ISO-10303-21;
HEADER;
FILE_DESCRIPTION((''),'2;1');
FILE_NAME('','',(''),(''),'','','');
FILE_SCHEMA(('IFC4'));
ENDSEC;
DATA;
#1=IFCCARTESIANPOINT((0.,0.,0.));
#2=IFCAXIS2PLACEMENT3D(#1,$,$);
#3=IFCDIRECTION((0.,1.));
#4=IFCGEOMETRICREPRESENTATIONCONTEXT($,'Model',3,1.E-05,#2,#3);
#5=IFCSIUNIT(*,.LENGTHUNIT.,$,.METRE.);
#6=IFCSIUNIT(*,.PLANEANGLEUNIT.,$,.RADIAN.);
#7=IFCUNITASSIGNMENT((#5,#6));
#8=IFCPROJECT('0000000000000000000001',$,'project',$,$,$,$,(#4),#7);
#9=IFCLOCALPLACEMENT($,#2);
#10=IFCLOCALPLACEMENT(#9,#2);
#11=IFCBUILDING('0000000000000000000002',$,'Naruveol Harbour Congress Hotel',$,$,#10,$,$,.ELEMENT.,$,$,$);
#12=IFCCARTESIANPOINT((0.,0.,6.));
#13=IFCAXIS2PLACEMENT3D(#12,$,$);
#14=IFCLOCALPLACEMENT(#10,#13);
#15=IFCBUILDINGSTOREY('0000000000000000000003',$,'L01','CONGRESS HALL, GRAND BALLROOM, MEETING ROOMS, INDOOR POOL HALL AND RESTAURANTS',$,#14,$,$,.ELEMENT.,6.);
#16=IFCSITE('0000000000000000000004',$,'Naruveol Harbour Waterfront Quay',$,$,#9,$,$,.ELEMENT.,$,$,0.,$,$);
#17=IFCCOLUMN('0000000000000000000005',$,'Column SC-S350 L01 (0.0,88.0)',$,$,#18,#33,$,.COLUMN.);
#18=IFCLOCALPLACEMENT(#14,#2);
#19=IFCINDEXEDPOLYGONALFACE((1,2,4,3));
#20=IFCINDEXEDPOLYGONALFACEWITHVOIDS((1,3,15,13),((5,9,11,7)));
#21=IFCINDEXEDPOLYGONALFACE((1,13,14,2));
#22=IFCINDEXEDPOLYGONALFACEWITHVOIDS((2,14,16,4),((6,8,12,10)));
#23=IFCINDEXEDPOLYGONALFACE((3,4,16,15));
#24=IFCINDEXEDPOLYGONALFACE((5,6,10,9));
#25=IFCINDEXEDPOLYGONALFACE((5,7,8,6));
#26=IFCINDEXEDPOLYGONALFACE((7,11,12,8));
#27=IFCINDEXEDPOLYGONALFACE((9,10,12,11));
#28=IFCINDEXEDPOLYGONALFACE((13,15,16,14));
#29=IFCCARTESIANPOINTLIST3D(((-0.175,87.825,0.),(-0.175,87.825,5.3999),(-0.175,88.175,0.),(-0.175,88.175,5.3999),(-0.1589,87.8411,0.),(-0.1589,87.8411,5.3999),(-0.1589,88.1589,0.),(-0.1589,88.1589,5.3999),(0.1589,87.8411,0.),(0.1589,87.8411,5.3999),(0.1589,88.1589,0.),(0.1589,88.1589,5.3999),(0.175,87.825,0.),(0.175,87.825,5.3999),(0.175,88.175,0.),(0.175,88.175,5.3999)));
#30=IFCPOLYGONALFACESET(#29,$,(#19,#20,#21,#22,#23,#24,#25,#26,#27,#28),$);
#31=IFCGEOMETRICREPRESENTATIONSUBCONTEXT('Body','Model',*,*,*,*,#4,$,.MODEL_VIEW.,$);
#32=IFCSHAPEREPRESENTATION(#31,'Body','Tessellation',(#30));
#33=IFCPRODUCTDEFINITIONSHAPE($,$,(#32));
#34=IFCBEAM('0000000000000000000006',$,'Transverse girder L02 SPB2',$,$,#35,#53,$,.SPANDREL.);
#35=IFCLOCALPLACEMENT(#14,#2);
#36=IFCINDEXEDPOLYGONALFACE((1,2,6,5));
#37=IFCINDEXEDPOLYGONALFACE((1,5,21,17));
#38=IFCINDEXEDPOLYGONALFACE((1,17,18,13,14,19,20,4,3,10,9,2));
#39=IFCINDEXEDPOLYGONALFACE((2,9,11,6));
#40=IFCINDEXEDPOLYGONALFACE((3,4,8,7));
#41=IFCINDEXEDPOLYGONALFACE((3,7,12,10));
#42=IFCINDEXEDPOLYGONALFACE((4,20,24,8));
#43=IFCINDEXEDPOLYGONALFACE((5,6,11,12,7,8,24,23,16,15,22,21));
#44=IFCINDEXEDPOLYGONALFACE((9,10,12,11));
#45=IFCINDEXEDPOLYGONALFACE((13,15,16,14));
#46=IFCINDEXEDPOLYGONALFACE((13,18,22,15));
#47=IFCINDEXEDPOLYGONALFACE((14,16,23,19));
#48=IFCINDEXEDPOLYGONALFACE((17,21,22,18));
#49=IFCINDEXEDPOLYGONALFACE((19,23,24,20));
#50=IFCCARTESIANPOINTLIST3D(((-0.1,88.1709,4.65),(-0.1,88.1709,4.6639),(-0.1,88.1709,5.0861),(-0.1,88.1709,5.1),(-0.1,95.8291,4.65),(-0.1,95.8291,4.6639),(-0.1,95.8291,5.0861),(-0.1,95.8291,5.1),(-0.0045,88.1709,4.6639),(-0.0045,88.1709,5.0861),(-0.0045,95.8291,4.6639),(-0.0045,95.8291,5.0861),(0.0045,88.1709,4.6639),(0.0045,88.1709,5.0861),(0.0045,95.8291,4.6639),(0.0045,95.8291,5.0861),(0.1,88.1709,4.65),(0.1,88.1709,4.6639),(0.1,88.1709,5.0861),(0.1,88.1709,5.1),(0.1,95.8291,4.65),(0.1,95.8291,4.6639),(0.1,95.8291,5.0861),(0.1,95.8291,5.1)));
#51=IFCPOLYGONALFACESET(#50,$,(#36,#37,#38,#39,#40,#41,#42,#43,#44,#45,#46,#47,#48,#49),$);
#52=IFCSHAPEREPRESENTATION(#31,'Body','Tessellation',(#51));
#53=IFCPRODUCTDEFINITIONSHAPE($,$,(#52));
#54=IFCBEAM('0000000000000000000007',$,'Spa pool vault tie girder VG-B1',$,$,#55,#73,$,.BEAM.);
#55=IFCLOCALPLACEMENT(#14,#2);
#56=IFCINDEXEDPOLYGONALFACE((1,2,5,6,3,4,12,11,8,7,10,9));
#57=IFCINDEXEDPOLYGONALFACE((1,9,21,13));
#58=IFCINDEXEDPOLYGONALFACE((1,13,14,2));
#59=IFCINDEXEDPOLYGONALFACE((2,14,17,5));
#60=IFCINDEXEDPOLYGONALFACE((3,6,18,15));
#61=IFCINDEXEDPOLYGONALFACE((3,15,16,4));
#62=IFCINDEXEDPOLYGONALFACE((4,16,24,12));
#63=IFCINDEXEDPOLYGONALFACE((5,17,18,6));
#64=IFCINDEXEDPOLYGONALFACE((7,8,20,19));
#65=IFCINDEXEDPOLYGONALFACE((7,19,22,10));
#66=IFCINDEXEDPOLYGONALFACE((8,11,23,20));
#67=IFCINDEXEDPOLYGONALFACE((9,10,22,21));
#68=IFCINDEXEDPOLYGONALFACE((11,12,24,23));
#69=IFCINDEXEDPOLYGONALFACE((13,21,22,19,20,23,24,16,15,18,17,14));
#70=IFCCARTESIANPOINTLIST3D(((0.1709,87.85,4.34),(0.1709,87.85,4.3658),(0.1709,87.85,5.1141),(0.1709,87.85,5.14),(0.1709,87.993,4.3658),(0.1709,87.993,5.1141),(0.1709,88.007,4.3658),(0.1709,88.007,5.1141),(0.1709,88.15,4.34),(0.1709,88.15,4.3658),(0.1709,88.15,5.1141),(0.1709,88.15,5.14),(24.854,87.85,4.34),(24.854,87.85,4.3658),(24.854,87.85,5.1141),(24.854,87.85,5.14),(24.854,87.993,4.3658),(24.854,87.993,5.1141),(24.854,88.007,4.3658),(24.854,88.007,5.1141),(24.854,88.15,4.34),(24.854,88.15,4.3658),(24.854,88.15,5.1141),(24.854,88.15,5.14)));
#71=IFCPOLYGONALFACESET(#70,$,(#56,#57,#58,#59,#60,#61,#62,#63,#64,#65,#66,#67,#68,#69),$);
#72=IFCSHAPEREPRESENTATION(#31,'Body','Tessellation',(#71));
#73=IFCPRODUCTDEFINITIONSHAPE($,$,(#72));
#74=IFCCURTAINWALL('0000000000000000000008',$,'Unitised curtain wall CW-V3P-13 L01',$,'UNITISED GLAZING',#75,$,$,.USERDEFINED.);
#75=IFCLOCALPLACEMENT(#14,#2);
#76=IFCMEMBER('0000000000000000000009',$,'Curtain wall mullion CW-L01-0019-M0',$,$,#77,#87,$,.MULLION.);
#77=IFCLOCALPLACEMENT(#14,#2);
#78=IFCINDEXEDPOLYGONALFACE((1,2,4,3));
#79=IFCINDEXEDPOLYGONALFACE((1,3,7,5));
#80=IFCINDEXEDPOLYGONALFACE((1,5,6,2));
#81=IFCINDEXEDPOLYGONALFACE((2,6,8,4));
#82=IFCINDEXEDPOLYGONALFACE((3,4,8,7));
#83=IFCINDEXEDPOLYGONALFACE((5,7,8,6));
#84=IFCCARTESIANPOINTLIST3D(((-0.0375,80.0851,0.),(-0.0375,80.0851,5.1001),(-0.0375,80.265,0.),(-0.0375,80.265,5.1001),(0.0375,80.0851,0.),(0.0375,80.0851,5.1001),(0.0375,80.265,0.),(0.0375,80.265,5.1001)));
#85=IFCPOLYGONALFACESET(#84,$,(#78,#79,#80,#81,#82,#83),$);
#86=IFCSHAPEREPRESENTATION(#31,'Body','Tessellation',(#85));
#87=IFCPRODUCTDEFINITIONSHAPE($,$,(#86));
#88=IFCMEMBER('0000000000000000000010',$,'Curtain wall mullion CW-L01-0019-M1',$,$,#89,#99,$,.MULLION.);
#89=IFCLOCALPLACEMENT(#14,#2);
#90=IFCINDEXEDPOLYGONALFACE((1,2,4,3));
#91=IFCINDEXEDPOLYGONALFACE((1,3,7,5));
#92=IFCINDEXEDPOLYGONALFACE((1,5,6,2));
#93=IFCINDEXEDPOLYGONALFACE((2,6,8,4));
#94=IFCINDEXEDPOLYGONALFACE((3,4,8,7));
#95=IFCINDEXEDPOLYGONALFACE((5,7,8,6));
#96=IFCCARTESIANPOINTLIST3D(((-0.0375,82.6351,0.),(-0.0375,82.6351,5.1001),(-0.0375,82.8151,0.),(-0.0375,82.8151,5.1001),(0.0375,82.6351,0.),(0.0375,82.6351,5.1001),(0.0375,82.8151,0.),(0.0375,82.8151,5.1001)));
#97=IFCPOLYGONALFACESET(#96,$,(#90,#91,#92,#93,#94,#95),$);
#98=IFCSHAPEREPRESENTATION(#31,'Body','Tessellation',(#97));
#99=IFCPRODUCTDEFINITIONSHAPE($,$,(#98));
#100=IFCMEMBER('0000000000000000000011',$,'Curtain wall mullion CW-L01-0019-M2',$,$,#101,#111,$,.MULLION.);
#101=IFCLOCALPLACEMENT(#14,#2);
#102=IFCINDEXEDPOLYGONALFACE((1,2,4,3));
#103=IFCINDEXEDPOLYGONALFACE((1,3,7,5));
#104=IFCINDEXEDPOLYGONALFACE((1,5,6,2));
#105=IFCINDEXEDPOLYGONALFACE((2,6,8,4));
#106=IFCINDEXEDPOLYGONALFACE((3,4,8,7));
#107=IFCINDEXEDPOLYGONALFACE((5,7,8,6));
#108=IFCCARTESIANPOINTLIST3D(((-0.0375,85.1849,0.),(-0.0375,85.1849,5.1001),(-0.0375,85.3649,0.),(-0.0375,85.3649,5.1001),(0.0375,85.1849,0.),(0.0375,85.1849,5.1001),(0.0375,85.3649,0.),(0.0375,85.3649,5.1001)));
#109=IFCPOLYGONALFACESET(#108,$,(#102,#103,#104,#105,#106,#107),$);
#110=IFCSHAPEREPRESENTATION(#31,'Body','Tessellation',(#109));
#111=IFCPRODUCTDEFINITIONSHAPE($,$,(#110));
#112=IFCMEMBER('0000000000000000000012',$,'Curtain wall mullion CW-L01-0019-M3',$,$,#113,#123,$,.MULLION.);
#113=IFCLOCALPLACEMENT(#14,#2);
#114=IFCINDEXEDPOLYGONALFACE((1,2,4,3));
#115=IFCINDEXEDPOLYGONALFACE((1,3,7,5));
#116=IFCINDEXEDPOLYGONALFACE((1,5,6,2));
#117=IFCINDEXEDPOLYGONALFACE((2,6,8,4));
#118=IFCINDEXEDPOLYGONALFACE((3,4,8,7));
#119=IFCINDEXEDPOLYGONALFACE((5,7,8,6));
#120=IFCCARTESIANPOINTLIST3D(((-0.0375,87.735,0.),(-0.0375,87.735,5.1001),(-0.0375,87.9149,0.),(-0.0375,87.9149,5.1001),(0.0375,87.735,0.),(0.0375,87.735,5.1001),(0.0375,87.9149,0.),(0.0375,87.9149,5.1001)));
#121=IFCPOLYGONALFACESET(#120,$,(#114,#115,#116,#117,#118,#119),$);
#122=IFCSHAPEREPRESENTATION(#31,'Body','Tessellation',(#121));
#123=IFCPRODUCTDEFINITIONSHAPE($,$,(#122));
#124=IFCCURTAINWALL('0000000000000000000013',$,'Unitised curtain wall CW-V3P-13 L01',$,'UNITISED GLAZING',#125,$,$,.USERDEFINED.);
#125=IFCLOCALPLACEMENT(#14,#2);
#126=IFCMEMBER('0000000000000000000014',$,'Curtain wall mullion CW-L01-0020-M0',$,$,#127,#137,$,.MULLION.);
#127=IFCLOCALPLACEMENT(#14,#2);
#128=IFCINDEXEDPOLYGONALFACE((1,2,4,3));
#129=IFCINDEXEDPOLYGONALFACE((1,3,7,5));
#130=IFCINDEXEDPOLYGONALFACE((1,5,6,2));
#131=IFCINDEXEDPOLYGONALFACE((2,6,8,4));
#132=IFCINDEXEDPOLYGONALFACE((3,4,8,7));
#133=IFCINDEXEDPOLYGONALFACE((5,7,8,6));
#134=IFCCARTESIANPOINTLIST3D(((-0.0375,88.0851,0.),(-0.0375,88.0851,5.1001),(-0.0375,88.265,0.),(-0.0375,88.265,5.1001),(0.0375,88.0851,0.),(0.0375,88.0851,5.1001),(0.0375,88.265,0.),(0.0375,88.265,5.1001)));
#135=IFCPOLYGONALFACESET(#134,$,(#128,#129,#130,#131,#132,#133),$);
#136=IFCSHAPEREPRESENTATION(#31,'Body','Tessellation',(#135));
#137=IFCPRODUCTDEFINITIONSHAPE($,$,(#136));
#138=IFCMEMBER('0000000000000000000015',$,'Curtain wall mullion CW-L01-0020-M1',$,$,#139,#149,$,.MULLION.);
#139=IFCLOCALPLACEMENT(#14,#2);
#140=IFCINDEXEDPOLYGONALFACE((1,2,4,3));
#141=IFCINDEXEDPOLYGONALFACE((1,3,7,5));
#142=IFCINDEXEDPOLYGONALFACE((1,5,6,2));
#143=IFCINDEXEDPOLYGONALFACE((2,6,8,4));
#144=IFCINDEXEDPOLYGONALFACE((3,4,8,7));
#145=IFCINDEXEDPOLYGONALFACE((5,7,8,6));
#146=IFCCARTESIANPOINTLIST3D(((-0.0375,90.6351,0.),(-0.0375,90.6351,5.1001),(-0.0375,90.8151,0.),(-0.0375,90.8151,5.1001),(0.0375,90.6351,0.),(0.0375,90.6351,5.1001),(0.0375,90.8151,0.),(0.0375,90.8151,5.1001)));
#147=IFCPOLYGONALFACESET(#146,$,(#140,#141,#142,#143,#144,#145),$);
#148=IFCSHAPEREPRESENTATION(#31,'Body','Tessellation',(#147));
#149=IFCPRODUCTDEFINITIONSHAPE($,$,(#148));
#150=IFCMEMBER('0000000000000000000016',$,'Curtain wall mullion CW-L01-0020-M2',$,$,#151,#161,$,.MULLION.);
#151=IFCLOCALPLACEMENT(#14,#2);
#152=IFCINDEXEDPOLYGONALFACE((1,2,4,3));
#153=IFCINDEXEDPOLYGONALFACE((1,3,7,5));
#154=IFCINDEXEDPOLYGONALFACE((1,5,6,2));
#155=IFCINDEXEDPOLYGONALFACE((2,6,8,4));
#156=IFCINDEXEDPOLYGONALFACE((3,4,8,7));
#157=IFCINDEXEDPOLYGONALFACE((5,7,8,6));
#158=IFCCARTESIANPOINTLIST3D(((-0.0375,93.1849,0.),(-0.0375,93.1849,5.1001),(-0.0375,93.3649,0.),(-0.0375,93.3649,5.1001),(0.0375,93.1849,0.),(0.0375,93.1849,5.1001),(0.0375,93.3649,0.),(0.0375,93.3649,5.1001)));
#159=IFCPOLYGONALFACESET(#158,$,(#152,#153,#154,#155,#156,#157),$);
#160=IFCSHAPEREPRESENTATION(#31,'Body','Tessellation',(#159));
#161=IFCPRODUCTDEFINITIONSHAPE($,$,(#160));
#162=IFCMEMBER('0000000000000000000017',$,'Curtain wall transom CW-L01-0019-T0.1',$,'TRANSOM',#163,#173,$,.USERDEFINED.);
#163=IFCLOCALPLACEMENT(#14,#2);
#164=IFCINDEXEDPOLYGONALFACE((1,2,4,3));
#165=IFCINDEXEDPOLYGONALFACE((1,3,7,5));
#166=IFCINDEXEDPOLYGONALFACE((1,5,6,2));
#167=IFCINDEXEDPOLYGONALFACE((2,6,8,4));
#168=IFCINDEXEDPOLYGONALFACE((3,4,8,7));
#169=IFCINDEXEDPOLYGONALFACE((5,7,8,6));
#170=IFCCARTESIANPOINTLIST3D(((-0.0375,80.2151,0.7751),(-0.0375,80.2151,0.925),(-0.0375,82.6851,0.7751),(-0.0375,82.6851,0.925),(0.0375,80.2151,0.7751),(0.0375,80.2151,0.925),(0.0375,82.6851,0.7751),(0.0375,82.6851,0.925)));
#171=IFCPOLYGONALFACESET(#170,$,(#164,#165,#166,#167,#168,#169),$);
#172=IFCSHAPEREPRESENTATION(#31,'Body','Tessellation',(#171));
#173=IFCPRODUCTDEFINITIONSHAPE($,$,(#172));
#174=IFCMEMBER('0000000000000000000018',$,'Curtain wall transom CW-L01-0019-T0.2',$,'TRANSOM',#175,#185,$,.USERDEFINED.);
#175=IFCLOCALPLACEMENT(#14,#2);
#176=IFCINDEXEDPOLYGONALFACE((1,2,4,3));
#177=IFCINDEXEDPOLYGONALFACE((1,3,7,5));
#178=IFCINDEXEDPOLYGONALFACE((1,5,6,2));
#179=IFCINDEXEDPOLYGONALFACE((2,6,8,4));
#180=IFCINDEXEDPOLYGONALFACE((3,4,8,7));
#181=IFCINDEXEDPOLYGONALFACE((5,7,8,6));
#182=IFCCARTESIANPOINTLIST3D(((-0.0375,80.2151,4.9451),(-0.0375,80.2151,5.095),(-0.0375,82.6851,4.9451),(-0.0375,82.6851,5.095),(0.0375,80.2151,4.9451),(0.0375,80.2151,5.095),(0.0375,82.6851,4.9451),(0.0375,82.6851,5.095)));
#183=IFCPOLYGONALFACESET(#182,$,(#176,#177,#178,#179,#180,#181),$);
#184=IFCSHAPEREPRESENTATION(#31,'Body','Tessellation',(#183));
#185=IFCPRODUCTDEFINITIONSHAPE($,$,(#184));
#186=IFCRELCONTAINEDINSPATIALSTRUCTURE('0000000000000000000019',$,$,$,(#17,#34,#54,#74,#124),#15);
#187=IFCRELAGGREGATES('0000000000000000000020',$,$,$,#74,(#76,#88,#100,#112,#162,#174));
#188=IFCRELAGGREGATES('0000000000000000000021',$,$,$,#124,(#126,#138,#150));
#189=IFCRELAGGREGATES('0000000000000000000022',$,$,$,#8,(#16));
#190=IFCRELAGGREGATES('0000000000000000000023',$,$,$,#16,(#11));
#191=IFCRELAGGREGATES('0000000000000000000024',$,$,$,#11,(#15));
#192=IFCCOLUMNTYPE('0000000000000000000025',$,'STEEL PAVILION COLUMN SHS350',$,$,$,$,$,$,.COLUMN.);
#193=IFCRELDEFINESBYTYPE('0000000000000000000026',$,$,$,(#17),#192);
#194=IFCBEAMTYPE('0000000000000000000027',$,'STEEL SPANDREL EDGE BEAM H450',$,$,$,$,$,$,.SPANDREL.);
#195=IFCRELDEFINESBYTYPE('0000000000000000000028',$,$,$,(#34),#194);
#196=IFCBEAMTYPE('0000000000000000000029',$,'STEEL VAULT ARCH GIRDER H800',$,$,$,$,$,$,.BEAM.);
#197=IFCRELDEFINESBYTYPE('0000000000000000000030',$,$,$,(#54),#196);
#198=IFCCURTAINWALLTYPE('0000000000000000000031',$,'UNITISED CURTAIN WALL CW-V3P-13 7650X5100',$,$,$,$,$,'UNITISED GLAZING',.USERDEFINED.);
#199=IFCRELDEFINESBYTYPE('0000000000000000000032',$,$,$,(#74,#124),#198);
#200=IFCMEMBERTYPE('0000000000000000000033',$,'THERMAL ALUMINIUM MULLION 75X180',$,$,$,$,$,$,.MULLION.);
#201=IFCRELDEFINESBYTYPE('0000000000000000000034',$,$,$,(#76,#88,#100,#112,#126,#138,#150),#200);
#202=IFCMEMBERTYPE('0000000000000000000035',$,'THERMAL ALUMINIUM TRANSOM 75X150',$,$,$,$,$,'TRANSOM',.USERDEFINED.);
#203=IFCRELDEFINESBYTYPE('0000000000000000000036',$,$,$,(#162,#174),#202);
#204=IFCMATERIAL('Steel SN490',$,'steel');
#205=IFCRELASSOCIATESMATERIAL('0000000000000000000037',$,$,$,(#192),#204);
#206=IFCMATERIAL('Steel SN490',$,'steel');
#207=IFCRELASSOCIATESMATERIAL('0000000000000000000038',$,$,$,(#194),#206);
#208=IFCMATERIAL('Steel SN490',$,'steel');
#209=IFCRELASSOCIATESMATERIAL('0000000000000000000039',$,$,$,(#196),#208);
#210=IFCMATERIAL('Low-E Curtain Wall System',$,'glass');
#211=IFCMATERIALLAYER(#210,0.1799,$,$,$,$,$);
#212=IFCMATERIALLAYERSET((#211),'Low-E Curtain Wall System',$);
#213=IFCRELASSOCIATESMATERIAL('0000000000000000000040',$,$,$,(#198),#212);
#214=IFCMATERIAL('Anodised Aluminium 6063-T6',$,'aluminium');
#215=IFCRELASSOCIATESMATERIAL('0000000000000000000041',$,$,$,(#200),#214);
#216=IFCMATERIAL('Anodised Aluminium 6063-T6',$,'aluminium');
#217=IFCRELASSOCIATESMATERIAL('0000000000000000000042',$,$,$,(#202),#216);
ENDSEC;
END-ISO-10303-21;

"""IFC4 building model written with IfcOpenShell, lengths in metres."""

from ifc_helpers import new_model, si_unit, direction, frame, origin, origin_2d, place, context, subcontext, project, spatial, rectangle, hollow_rectangle, i_section, extrude, material, layer, layer_set, material_profile, profile_set, type_object, element, aggregate, save


model = new_model("IFC4")

# Units and contexts
model_context = context("Model", 3, precision=1e-05, world=origin(), true_north=direction((0.0, 1.0)))
body_context = subcontext(model_context, "Body", "Model", "MODEL_VIEW")
ifc_project = project(units=[si_unit("LENGTHUNIT", "METRE"), si_unit("PLANEANGLEUNIT", "RADIAN")], contexts=[model_context])

# Site, building, storey
site_placement = place(None, origin())
site = spatial("IfcSite", under=ifc_project, at=site_placement, Name="Naruveol Harbour Waterfront Quay", CompositionType="ELEMENT", RefElevation=0.0)
building_placement = place(site_placement, origin())
building = spatial("IfcBuilding", under=site, at=building_placement, Name="Naruveol Harbour Congress Hotel", CompositionType="ELEMENT")
storey_placement = place(building_placement, frame((0.0, 0.0, 6.0)))
storey = spatial("IfcBuildingStorey", under=building, at=storey_placement, Name="L01", Description="CONGRESS HALL, GRAND BALLROOM, MEETING ROOMS, INDOOR POOL HALL AND RESTAURANTS", CompositionType="ELEMENT", Elevation=6.0)

# Column
ifc_material_1 = material(Name="Steel SN490", Category="steel")
ifc_material_profile_1 = material_profile(ifc_material_1, hollow_rectangle(XDim=0.3501, YDim=0.3501, WallThickness=0.0161, at=origin_2d()), Name="SHS-350x350x16")
ifc_profile_set_1 = profile_set([ifc_material_profile_1], Name="Steel SN490")
column_type = type_object("IfcColumnType", Name="STEEL PAVILION COLUMN SHS350", PredefinedType="COLUMN", material=ifc_profile_set_1)
column_placement = place(storey_placement, frame((0.0, 88.0, 0.0), z_axis=(0.0, 0.0, 1.0), x_axis=(1.0, 0.0, 0.0)))
element("IfcColumn", 1, at=column_placement, inside=storey, type_object=column_type, Name="Column SC-S350 L01 (0.0,88.0)", PredefinedType="COLUMN", context=body_context, shape_type="SweptSolid", body=[
    extrude(hollow_rectangle(XDim=0.3501, YDim=0.3501, WallThickness=0.0161, at=origin_2d()), origin(), (0.0, 0.0, 1.0), 5.3999),
])

# Beams
ifc_material_2 = material(Name="Steel SN490", Category="steel")
ifc_material_profile_2 = material_profile(ifc_material_2, i_section(OverallWidth=0.2, OverallDepth=0.45, WebThickness=0.009, FlangeThickness=0.0139, at=origin_2d()), Name="H-450x200x9x14")
ifc_profile_set_2 = profile_set([ifc_material_profile_2], Name="Steel SN490")
beam_type_1 = type_object("IfcBeamType", Name="STEEL SPANDREL EDGE BEAM H450", PredefinedType="SPANDREL", material=ifc_profile_set_2)
beam_1_placement = place(storey_placement, frame((0.0, 88.1709, 4.875), z_axis=(0.0, 1.0, 0.0), x_axis=(-1.0, 0.0, 0.0)))
element("IfcBeam", 2, at=beam_1_placement, inside=storey, type_object=beam_type_1, Name="Transverse girder L02 SPB2", PredefinedType="SPANDREL", context=body_context, shape_type="SweptSolid", body=[
    extrude(i_section(OverallWidth=0.2, OverallDepth=0.45, WebThickness=0.009, FlangeThickness=0.0139, at=origin_2d()), origin(), (0.0, 0.0, 1.0), 7.6582),
])
ifc_material_3 = material(Name="Steel SN490", Category="steel")
ifc_material_profile_3 = material_profile(ifc_material_3, i_section(OverallWidth=0.3, OverallDepth=0.8, WebThickness=0.0139, FlangeThickness=0.0259, at=origin_2d()), Name="H-800x300x14x26")
ifc_profile_set_3 = profile_set([ifc_material_profile_3], Name="Steel SN490")
beam_type_2 = type_object("IfcBeamType", Name="STEEL VAULT ARCH GIRDER H800", PredefinedType="BEAM", material=ifc_profile_set_3)
beam_2_placement = place(storey_placement, frame((0.1709, 88.0, 4.74), z_axis=(1.0, 0.0, 0.0), x_axis=(0.0, 1.0, 0.0)))
element("IfcBeam", 3, at=beam_2_placement, inside=storey, type_object=beam_type_2, Name="Spa pool vault tie girder VG-B1", PredefinedType="BEAM", context=body_context, shape_type="SweptSolid", body=[
    extrude(i_section(OverallWidth=0.3, OverallDepth=0.8, WebThickness=0.0139, FlangeThickness=0.0259, at=origin_2d()), origin(), (0.0, 0.0, 1.0), 24.6831),
])

# Curtain walls, members
ifc_material_4 = material(Name="Low-E Curtain Wall System", Category="glass")
ifc_layer_1 = layer(ifc_material_4, 0.1799)
ifc_layer_set_1 = layer_set([ifc_layer_1], Name="Low-E Curtain Wall System")
curtain_wall_type = type_object("IfcCurtainWallType", Name="UNITISED CURTAIN WALL CW-V3P-13 7650X5100", ElementType="UNITISED GLAZING", PredefinedType="USERDEFINED", material=ifc_layer_set_1)
curtain_wall_1_placement = place(storey_placement, origin())
curtain_wall_1 = element("IfcCurtainWall", 4, at=curtain_wall_1_placement, inside=storey, type_object=curtain_wall_type, Name="Unitised curtain wall CW-V3P-13 L01", ObjectType="UNITISED GLAZING", PredefinedType="USERDEFINED")
ifc_material_5 = material(Name="Anodised Aluminium 6063-T6", Category="aluminium")
ifc_material_profile_4 = material_profile(ifc_material_5, rectangle(XDim=0.075, YDim=0.1799, at=origin_2d()), Name="ALU-75x180")
ifc_profile_set_4 = profile_set([ifc_material_profile_4], Name="Anodised Aluminium 6063-T6")
member_type_1 = type_object("IfcMemberType", Name="THERMAL ALUMINIUM MULLION 75X180", PredefinedType="MULLION", material=ifc_profile_set_4)
member_1_placement = place(storey_placement, frame((0.0, 80.175, 0.0), z_axis=(0.0, 0.0, 1.0), x_axis=(1.0, 0.0, 0.0)))
member_1 = element("IfcMember", 5, at=member_1_placement, type_object=member_type_1, Name="Curtain wall mullion CW-L01-0019-M0", PredefinedType="MULLION", context=body_context, shape_type="SweptSolid", body=[
    extrude(rectangle(XDim=0.075, YDim=0.1799, at=origin_2d()), origin(), (0.0, 0.0, 1.0), 5.1001),
])
member_2_placement = place(storey_placement, frame((0.0, 82.7251, 0.0), z_axis=(0.0, 0.0, 1.0), x_axis=(1.0, 0.0, 0.0)))
member_2 = element("IfcMember", 6, at=member_2_placement, type_object=member_type_1, Name="Curtain wall mullion CW-L01-0019-M1", PredefinedType="MULLION", context=body_context, shape_type="SweptSolid", body=[
    extrude(rectangle(XDim=0.075, YDim=0.1799, at=origin_2d()), origin(), (0.0, 0.0, 1.0), 5.1001),
])
member_3_placement = place(storey_placement, frame((0.0, 85.2749, 0.0), z_axis=(0.0, 0.0, 1.0), x_axis=(1.0, 0.0, 0.0)))
member_3 = element("IfcMember", 7, at=member_3_placement, type_object=member_type_1, Name="Curtain wall mullion CW-L01-0019-M2", PredefinedType="MULLION", context=body_context, shape_type="SweptSolid", body=[
    extrude(rectangle(XDim=0.075, YDim=0.1799, at=origin_2d()), origin(), (0.0, 0.0, 1.0), 5.1001),
])
member_4_placement = place(storey_placement, frame((0.0, 87.825, 0.0), z_axis=(0.0, 0.0, 1.0), x_axis=(1.0, 0.0, 0.0)))
member_4 = element("IfcMember", 8, at=member_4_placement, type_object=member_type_1, Name="Curtain wall mullion CW-L01-0019-M3", PredefinedType="MULLION", context=body_context, shape_type="SweptSolid", body=[
    extrude(rectangle(XDim=0.075, YDim=0.1799, at=origin_2d()), origin(), (0.0, 0.0, 1.0), 5.1001),
])
curtain_wall_2_placement = place(storey_placement, origin())
curtain_wall_2 = element("IfcCurtainWall", 9, at=curtain_wall_2_placement, inside=storey, type_object=curtain_wall_type, Name="Unitised curtain wall CW-V3P-13 L01", ObjectType="UNITISED GLAZING", PredefinedType="USERDEFINED")
member_5_placement = place(storey_placement, frame((0.0, 88.175, 0.0), z_axis=(0.0, 0.0, 1.0), x_axis=(1.0, 0.0, 0.0)))
member_5 = element("IfcMember", 10, at=member_5_placement, type_object=member_type_1, Name="Curtain wall mullion CW-L01-0020-M0", PredefinedType="MULLION", context=body_context, shape_type="SweptSolid", body=[
    extrude(rectangle(XDim=0.075, YDim=0.1799, at=origin_2d()), origin(), (0.0, 0.0, 1.0), 5.1001),
])
member_6_placement = place(storey_placement, frame((0.0, 90.7251, 0.0), z_axis=(0.0, 0.0, 1.0), x_axis=(1.0, 0.0, 0.0)))
member_6 = element("IfcMember", 11, at=member_6_placement, type_object=member_type_1, Name="Curtain wall mullion CW-L01-0020-M1", PredefinedType="MULLION", context=body_context, shape_type="SweptSolid", body=[
    extrude(rectangle(XDim=0.075, YDim=0.1799, at=origin_2d()), origin(), (0.0, 0.0, 1.0), 5.1001),
])
member_7_placement = place(storey_placement, frame((0.0, 93.2749, 0.0), z_axis=(0.0, 0.0, 1.0), x_axis=(1.0, 0.0, 0.0)))
member_7 = element("IfcMember", 12, at=member_7_placement, type_object=member_type_1, Name="Curtain wall mullion CW-L01-0020-M2", PredefinedType="MULLION", context=body_context, shape_type="SweptSolid", body=[
    extrude(rectangle(XDim=0.075, YDim=0.1799, at=origin_2d()), origin(), (0.0, 0.0, 1.0), 5.1001),
])

# Members
ifc_material_6 = material(Name="Anodised Aluminium 6063-T6", Category="aluminium")
ifc_material_profile_5 = material_profile(ifc_material_6, rectangle(XDim=0.075, YDim=0.1499, at=origin_2d()), Name="ALU-75x150")
ifc_profile_set_5 = profile_set([ifc_material_profile_5], Name="Anodised Aluminium 6063-T6")
member_type_2 = type_object("IfcMemberType", Name="THERMAL ALUMINIUM TRANSOM 75X150", ElementType="TRANSOM", PredefinedType="USERDEFINED", material=ifc_profile_set_5)
member_8_placement = place(storey_placement, frame((0.0, 80.2151, 0.8501), z_axis=(0.0, 1.0, 0.0), x_axis=(-1.0, 0.0, 0.0)))
member_8 = element("IfcMember", 13, at=member_8_placement, type_object=member_type_2, Name="Curtain wall transom CW-L01-0019-T0.1", ObjectType="TRANSOM", PredefinedType="USERDEFINED", context=body_context, shape_type="SweptSolid", body=[
    extrude(rectangle(XDim=0.075, YDim=0.1499, at=origin_2d()), origin(), (0.0, 0.0, 1.0), 2.47),
])
member_9_placement = place(storey_placement, frame((0.0, 80.2151, 5.02), z_axis=(0.0, 1.0, 0.0), x_axis=(-1.0, 0.0, 0.0)))
member_9 = element("IfcMember", 14, at=member_9_placement, type_object=member_type_2, Name="Curtain wall transom CW-L01-0019-T0.2", ObjectType="TRANSOM", PredefinedType="USERDEFINED", context=body_context, shape_type="SweptSolid", body=[
    extrude(rectangle(XDim=0.075, YDim=0.1499, at=origin_2d()), origin(), (0.0, 0.0, 1.0), 2.47),
])

aggregate(curtain_wall_1, [member_1, member_2, member_3, member_4, member_8, member_9])
aggregate(curtain_wall_2, [member_5, member_6, member_7])

save(model, "model.ifc")
